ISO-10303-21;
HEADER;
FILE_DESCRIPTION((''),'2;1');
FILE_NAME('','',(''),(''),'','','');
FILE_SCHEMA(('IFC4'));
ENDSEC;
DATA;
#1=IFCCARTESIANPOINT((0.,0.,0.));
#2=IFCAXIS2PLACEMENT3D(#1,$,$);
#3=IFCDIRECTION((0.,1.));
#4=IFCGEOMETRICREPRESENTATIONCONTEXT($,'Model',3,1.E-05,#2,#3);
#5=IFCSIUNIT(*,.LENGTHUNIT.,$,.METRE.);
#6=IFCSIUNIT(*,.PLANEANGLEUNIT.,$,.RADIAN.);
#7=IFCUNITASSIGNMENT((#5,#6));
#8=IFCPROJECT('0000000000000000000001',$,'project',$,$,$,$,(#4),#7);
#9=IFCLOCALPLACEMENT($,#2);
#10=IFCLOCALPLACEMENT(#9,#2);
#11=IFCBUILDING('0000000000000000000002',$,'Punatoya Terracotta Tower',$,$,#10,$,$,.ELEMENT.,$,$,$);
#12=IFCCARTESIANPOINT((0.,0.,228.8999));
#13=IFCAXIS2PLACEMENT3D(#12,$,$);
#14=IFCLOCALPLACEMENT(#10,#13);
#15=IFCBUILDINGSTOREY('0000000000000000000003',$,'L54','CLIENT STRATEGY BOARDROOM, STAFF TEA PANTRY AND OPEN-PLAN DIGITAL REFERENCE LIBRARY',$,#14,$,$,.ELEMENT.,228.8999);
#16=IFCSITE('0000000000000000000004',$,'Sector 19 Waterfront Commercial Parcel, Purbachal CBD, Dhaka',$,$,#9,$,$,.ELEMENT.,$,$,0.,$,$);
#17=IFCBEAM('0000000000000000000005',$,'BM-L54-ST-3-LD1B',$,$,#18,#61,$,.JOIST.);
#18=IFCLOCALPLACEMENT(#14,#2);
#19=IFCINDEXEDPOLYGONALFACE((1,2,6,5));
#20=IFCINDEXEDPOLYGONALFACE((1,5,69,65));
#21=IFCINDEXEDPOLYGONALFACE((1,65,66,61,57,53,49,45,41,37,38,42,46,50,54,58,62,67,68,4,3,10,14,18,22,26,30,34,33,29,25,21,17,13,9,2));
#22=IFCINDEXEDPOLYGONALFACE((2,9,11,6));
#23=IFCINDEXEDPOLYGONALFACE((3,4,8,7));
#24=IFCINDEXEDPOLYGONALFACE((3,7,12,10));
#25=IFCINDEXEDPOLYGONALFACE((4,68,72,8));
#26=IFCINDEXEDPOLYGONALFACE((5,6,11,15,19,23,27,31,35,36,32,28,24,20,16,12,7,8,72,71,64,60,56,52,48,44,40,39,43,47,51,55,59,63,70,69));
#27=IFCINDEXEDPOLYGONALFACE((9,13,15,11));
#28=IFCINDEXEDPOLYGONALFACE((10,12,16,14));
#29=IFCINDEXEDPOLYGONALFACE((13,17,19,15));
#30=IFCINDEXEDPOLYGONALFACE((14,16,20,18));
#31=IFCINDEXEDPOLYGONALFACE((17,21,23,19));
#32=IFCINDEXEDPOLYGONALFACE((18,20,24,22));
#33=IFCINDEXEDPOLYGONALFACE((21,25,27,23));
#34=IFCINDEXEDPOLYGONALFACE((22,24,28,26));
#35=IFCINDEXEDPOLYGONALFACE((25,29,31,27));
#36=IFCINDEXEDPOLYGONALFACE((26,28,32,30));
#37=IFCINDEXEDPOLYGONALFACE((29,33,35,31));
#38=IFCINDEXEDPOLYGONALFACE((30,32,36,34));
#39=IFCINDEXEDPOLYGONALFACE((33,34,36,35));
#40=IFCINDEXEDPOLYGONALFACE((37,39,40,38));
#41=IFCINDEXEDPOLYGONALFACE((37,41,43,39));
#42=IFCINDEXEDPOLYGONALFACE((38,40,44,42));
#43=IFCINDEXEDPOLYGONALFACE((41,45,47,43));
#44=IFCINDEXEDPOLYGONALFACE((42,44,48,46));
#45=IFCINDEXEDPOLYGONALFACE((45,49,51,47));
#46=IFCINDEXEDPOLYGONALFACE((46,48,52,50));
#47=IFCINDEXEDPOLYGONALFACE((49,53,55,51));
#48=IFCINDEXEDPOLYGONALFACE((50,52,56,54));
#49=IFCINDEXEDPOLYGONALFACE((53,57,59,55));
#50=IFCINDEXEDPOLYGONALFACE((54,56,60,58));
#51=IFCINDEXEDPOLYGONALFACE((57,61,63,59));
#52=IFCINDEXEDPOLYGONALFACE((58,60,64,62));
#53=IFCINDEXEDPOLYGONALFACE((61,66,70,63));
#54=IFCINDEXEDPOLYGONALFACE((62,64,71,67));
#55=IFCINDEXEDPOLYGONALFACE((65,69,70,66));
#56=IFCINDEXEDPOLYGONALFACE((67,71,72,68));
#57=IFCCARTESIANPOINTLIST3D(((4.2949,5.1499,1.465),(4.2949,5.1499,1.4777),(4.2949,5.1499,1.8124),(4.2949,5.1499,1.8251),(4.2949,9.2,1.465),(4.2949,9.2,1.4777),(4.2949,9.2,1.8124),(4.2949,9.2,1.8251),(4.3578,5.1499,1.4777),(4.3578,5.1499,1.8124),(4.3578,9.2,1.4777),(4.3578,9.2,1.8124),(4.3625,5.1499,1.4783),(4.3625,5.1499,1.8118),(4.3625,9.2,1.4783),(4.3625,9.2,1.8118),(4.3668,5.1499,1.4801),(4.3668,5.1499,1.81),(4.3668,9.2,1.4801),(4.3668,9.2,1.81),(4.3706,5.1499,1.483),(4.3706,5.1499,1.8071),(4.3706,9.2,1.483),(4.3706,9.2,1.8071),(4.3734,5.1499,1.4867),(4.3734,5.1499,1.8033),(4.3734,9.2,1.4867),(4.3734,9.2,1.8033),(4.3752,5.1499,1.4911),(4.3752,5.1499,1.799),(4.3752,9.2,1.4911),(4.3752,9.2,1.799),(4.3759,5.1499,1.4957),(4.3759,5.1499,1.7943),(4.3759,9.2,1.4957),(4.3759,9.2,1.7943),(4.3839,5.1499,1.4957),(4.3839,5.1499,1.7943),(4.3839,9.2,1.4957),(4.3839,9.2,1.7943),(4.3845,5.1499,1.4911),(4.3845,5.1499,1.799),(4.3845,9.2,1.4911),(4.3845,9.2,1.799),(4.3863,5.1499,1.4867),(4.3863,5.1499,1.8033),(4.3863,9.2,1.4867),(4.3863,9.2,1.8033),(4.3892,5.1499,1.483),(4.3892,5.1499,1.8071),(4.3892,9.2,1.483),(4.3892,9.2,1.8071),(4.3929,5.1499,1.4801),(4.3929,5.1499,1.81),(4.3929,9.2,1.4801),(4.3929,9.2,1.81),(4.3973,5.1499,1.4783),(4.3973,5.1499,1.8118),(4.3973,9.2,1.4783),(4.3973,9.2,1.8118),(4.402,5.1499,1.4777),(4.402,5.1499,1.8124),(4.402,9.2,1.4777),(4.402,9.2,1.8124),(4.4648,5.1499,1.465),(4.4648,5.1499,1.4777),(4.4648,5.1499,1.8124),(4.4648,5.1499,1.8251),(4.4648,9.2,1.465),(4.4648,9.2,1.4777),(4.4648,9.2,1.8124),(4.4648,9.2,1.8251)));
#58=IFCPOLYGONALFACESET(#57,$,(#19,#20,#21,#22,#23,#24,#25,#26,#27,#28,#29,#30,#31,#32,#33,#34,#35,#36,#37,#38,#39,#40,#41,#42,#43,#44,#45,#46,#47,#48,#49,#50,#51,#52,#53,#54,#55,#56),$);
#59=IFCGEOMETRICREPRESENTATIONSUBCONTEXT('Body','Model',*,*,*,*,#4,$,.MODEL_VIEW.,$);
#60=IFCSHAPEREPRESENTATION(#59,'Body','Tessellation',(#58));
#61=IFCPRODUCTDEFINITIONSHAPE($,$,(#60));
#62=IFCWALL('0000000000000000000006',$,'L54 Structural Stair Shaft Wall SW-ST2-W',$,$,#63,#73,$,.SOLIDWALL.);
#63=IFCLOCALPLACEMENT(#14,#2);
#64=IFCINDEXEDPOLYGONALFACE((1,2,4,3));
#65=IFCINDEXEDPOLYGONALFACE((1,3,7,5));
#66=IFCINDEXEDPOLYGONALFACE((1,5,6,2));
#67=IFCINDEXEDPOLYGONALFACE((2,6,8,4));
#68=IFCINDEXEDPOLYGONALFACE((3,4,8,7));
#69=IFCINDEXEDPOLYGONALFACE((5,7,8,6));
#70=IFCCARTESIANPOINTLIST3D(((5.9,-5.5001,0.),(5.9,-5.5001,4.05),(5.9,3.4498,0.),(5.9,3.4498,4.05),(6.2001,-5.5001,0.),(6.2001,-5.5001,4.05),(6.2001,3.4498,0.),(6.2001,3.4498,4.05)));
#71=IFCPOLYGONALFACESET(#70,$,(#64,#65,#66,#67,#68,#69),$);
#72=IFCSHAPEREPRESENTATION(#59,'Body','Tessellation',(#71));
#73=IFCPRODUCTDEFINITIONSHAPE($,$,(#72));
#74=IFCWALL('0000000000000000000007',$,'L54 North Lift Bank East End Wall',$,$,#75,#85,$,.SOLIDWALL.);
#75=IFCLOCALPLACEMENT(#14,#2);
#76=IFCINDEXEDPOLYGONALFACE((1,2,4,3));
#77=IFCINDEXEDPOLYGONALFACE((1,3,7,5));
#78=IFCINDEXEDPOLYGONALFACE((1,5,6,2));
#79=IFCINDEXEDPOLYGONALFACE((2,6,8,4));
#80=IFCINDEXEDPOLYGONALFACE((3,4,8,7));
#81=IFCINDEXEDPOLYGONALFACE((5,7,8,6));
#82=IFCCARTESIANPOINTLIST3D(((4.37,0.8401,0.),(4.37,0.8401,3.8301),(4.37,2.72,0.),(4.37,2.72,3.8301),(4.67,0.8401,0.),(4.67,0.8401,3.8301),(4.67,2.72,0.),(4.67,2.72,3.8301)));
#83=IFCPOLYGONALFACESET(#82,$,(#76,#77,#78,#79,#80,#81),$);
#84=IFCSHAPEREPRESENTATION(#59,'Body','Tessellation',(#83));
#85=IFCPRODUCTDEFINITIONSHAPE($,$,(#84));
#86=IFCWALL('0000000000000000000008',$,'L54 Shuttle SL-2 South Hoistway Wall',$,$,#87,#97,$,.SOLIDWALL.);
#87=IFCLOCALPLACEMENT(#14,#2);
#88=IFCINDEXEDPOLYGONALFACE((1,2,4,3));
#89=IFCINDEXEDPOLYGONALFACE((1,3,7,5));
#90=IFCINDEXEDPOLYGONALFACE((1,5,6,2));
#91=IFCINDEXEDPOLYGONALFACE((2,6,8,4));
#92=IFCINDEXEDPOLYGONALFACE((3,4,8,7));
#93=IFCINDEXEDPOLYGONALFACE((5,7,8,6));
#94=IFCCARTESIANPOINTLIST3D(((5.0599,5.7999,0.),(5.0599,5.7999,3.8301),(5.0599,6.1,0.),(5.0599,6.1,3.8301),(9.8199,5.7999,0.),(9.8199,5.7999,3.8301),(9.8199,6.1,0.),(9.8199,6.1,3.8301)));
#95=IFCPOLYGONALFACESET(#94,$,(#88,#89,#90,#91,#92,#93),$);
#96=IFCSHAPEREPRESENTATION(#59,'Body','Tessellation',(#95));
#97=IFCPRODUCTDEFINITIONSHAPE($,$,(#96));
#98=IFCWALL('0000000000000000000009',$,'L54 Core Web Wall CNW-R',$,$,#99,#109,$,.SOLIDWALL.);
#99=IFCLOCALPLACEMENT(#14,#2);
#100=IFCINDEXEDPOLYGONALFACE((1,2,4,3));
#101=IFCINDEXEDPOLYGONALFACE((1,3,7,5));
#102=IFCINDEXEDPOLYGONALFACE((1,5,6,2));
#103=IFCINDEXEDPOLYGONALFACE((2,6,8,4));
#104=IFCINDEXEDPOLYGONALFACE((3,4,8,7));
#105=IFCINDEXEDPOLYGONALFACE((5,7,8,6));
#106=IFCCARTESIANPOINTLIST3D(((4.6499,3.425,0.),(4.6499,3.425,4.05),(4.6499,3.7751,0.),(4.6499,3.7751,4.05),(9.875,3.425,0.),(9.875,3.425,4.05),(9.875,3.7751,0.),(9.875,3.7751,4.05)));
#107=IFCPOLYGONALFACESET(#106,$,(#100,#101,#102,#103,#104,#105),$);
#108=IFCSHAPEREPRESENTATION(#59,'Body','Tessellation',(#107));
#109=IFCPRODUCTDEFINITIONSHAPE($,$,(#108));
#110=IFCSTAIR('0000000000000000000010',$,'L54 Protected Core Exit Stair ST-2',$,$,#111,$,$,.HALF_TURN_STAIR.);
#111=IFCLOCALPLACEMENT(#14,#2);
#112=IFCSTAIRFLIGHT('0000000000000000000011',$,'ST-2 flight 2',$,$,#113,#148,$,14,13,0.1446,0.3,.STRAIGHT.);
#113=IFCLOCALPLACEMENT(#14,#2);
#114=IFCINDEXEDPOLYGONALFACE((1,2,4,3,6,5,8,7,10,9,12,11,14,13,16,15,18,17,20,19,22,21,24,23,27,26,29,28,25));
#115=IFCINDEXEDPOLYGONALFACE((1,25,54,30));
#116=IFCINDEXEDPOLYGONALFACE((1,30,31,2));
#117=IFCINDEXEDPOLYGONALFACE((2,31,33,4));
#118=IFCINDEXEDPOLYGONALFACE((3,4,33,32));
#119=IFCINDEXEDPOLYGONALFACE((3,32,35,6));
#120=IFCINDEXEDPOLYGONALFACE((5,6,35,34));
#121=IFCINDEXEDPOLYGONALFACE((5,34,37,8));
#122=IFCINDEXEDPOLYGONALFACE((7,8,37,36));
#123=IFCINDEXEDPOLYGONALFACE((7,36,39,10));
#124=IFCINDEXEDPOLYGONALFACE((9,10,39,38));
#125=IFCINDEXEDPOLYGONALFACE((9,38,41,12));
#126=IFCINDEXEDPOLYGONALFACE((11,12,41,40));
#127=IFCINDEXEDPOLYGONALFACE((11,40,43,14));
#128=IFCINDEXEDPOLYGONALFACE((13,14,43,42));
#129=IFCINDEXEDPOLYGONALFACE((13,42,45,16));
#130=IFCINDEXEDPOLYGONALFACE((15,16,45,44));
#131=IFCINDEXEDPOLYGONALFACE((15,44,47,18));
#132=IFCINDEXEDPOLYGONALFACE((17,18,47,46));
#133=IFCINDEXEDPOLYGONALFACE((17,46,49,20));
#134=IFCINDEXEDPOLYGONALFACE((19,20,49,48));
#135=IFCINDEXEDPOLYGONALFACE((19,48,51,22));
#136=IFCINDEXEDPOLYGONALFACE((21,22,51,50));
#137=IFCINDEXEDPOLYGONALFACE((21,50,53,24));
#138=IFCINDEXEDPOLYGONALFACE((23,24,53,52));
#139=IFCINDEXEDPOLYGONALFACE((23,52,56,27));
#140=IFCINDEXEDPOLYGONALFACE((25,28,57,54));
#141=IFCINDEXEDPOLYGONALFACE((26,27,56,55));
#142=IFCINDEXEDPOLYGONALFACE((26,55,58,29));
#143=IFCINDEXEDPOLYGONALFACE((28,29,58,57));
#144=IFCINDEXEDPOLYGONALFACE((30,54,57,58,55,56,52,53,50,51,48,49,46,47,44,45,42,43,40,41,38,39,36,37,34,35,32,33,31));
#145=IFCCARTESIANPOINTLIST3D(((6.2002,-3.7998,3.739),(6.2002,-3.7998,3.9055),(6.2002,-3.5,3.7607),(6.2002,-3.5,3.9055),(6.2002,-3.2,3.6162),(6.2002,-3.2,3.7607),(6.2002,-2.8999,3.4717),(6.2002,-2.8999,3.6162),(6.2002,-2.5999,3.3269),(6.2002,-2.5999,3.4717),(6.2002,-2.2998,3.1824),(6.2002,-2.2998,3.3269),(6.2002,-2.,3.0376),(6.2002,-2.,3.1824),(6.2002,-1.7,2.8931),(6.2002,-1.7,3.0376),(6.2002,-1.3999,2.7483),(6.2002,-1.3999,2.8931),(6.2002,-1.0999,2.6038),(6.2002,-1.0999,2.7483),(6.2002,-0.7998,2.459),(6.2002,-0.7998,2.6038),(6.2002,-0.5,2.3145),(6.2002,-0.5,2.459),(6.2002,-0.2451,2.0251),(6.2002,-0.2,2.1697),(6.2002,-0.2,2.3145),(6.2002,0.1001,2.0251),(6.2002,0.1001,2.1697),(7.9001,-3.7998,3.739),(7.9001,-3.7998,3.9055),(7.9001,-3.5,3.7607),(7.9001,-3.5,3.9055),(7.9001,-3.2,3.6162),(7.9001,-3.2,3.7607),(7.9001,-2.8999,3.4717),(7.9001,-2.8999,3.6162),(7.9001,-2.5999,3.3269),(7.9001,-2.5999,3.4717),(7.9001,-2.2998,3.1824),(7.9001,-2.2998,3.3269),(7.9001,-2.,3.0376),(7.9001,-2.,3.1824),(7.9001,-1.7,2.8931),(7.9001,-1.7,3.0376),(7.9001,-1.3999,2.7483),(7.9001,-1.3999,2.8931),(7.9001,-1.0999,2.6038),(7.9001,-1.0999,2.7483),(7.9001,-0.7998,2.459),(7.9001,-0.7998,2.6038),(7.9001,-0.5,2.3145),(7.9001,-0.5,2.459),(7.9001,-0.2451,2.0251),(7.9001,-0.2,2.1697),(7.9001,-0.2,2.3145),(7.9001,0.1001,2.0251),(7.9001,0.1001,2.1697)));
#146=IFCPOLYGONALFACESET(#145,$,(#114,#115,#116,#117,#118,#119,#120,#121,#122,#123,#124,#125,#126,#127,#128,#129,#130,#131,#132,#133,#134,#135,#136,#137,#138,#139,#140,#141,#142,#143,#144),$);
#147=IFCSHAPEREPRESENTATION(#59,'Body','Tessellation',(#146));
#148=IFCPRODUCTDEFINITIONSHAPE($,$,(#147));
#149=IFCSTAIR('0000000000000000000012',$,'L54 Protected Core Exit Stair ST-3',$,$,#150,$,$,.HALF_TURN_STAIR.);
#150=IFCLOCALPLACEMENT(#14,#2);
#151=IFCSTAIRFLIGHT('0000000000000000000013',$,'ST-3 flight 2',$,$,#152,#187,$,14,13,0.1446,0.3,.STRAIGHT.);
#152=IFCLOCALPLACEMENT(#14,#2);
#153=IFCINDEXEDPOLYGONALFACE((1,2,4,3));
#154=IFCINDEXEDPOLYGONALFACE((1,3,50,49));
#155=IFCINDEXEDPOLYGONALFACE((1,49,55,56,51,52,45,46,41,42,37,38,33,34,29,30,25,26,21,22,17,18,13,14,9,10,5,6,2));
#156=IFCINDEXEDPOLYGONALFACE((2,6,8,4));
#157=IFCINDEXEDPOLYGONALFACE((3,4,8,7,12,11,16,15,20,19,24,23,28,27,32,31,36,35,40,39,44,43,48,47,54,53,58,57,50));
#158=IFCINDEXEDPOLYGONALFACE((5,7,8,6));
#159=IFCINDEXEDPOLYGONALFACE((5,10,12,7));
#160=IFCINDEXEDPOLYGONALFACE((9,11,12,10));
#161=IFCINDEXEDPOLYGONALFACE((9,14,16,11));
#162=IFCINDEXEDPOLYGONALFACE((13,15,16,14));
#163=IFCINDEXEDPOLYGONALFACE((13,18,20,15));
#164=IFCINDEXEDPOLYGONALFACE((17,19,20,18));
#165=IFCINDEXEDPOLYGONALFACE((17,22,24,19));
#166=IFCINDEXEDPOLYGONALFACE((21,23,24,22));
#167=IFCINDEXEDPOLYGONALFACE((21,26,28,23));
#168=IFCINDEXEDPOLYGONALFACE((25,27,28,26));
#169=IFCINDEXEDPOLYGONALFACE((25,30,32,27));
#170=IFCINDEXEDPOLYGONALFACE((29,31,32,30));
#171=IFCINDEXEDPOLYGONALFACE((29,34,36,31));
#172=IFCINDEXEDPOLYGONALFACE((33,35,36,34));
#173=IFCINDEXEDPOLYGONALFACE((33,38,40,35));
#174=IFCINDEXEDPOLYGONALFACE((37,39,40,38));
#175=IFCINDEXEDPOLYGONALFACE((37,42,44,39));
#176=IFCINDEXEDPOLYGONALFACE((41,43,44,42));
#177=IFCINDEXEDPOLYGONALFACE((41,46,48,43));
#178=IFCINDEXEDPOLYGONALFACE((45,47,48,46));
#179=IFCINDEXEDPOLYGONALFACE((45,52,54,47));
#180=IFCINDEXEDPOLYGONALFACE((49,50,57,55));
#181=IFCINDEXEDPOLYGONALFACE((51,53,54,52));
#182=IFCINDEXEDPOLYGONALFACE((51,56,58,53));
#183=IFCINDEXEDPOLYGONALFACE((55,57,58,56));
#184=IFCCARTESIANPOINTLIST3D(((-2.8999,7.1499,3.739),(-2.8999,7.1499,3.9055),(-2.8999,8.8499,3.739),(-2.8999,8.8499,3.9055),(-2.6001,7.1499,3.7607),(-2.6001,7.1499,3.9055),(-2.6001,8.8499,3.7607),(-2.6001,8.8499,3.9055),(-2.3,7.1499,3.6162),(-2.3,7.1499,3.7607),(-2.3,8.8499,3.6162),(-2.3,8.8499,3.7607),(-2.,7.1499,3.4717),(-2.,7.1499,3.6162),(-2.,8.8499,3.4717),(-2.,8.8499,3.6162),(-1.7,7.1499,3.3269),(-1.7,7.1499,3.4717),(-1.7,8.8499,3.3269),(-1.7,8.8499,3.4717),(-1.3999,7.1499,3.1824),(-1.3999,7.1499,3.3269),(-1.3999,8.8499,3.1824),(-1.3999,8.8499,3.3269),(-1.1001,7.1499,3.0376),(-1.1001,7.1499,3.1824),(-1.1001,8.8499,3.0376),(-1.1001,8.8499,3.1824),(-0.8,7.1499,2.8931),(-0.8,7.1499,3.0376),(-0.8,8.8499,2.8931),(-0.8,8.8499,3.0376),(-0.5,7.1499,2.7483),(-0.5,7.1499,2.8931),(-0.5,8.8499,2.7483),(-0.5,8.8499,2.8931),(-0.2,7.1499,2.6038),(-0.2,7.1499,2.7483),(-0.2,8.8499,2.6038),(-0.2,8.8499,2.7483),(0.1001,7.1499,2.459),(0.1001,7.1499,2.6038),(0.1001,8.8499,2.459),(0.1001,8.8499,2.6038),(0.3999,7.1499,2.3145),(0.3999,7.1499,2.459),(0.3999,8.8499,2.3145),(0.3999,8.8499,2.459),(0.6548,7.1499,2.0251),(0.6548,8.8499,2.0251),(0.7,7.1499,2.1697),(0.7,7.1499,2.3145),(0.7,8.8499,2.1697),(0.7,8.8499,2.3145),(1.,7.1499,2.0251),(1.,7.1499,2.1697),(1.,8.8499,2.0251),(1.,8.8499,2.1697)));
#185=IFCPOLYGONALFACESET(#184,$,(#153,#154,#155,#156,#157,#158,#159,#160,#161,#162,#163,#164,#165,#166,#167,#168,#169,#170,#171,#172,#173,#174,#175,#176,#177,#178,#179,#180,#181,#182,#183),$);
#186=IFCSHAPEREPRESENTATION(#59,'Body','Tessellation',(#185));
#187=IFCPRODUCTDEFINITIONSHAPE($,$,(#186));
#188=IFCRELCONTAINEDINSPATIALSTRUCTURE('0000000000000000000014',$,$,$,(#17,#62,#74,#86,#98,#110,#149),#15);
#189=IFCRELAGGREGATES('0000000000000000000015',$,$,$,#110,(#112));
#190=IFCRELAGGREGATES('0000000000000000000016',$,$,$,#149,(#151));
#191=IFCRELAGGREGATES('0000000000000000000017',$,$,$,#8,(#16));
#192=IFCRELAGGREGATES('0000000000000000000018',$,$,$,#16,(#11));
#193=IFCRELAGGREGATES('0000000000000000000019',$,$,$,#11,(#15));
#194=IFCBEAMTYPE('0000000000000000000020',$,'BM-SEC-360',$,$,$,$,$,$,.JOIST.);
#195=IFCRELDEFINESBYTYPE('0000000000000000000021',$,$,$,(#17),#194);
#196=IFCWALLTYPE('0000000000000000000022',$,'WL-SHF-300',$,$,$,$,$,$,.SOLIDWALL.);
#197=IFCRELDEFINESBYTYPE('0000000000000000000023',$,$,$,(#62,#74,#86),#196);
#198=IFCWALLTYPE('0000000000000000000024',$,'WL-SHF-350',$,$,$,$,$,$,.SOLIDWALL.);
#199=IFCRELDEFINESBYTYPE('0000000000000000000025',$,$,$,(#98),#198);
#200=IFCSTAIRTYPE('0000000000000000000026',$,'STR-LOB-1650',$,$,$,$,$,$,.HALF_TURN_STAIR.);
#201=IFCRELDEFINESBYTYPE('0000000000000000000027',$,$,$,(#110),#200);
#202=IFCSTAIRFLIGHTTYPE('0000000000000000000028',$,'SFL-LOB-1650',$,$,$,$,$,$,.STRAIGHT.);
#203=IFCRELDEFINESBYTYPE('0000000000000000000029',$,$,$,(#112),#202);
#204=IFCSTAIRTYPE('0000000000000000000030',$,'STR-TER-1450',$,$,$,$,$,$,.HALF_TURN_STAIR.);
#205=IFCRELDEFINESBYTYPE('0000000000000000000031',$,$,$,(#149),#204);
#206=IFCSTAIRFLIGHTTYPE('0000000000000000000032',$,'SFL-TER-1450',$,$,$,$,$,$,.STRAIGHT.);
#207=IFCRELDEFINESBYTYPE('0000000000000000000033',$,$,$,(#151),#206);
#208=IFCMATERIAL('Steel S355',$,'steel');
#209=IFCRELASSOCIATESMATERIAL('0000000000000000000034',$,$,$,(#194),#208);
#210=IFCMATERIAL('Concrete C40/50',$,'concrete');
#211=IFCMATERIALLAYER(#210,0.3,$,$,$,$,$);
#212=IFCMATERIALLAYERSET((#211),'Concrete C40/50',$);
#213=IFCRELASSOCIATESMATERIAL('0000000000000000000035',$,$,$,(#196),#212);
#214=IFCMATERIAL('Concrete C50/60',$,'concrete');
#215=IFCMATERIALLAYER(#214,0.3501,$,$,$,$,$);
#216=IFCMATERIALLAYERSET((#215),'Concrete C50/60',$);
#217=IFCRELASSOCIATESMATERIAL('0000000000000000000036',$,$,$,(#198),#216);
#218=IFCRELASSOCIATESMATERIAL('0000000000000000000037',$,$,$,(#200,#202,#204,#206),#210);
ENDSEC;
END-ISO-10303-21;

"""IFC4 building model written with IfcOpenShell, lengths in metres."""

from ifc_helpers import new_model, si_unit, direction, frame, frame_2d, origin, origin_2d, place, context, subcontext, project, spatial, polyline, rectangle, i_section, outline, extrude, material, layer, layer_set, material_profile, profile_set, type_object, element, aggregate, save


model = new_model("IFC4")

# Units and contexts
model_context = context("Model", 3, precision=1e-05, world=origin(), true_north=direction((0.0, 1.0)))
body_context = subcontext(model_context, "Body", "Model", "MODEL_VIEW")
ifc_project = project(units=[si_unit("LENGTHUNIT", "METRE"), si_unit("PLANEANGLEUNIT", "RADIAN")], contexts=[model_context])

# Site, building, storey
site_placement = place(None, origin())
site = spatial("IfcSite", under=ifc_project, at=site_placement, Name="Sector 19 Waterfront Commercial Parcel, Purbachal CBD, Dhaka", CompositionType="ELEMENT", RefElevation=0.0)
building_placement = place(site_placement, origin())
building = spatial("IfcBuilding", under=site, at=building_placement, Name="Punatoya Terracotta Tower", CompositionType="ELEMENT")
storey_placement = place(building_placement, frame((0.0, 0.0, 228.8999)))
storey = spatial("IfcBuildingStorey", under=building, at=storey_placement, Name="L54", Description="CLIENT STRATEGY BOARDROOM, STAFF TEA PANTRY AND OPEN-PLAN DIGITAL REFERENCE LIBRARY", CompositionType="ELEMENT", Elevation=228.8999)

# Beam
ifc_material_1 = material(Name="Steel S355", Category="steel")
ifc_material_profile_1 = material_profile(ifc_material_1, i_section(OverallWidth=0.1699, OverallDepth=0.3601, WebThickness=0.0081, FlangeThickness=0.0127, FilletRadius=0.0181, at=origin_2d()))
ifc_profile_set_1 = profile_set([ifc_material_profile_1], Name="Steel S355")
beam_type_1 = type_object("IfcBeamType", Name="BM-SEC-360", PredefinedType="JOIST", material=ifc_profile_set_1)
for number, where, z_axis, x_axis, name in (
    (1, (4.3799, 5.1499, 1.645), (0.0, 1.0, 0.0), (-1.0, 0.0, 0.0), "BM-L54-ST-3-LD1B"),
):
    element("IfcBeam", number, at=place(storey_placement, frame(where, z_axis=z_axis, x_axis=x_axis)), inside=storey, type_object=beam_type_1, Name=name, PredefinedType="JOIST", context=body_context, shape_type="SweptSolid", body=[
        extrude(i_section(OverallWidth=0.1699, OverallDepth=0.3601, WebThickness=0.0081, FlangeThickness=0.0127, FilletRadius=0.0181, at=origin_2d()), origin(), (0.0, 0.0, 1.0), 4.05),
    ])

# Walls
ifc_material_2 = material(Name="Concrete C40/50", Category="concrete")
ifc_layer_1 = layer(ifc_material_2, 0.3)
ifc_layer_set_1 = layer_set([ifc_layer_1], Name="Concrete C40/50")
wall_type_1 = type_object("IfcWallType", Name="WL-SHF-300", PredefinedType="SOLIDWALL", material=ifc_layer_set_1)
wall_1_placement = place(storey_placement, frame((6.05, 3.45, 0.0), z_axis=(0.0, 0.0, 1.0), x_axis=(0.0, -1.0, 0.0)))
element("IfcWall", 2, at=wall_1_placement, inside=storey, type_object=wall_type_1, Name="L54 Structural Stair Shaft Wall SW-ST2-W", PredefinedType="SOLIDWALL", context=body_context, shape_type="SweptSolid", body=[
    extrude(rectangle(XDim=8.95, YDim=0.3, at=frame_2d((4.4751, 0.0))), origin(), (0.0, 0.0, 1.0), 4.05),
])
wall_2_placement = place(storey_placement, frame((4.52, 0.8401, 0.0), z_axis=(0.0, 0.0, 1.0), x_axis=(0.0, 1.0, 0.0)))
element("IfcWall", 3, at=wall_2_placement, inside=storey, type_object=wall_type_1, Name="L54 North Lift Bank East End Wall", PredefinedType="SOLIDWALL", context=body_context, shape_type="SweptSolid", body=[
    extrude(rectangle(XDim=1.8799, YDim=0.3, at=frame_2d((0.9399, 0.0))), origin(), (0.0, 0.0, 1.0), 3.8301),
])
wall_3_placement = place(storey_placement, frame((5.0601, 5.95, 0.0), z_axis=(0.0, 0.0, 1.0), x_axis=(1.0, 0.0, 0.0)))
element("IfcWall", 4, at=wall_3_placement, inside=storey, type_object=wall_type_1, Name="L54 Shuttle SL-2 South Hoistway Wall", PredefinedType="SOLIDWALL", context=body_context, shape_type="SweptSolid", body=[
    extrude(rectangle(XDim=4.76, YDim=0.3, at=frame_2d((2.3799, 0.0))), origin(), (0.0, 0.0, 1.0), 3.8301),
])
ifc_material_3 = material(Name="Concrete C50/60", Category="concrete")
ifc_layer_2 = layer(ifc_material_3, 0.3501)
ifc_layer_set_2 = layer_set([ifc_layer_2], Name="Concrete C50/60")
wall_type_2 = type_object("IfcWallType", Name="WL-SHF-350", PredefinedType="SOLIDWALL", material=ifc_layer_set_2)
wall_4_placement = place(storey_placement, frame((4.6499, 3.6001, 0.0), z_axis=(0.0, 0.0, 1.0), x_axis=(1.0, 0.0, 0.0)))
element("IfcWall", 5, at=wall_4_placement, inside=storey, type_object=wall_type_2, Name="L54 Core Web Wall CNW-R", PredefinedType="SOLIDWALL", context=body_context, shape_type="SweptSolid", body=[
    extrude(rectangle(XDim=5.2251, YDim=0.3501, at=frame_2d((2.6125, 0.0))), origin(), (0.0, 0.0, 1.0), 4.05),
])

# Stairs, stair flights
stair_type_1 = type_object("IfcStairType", Name="STR-LOB-1650", PredefinedType="HALF_TURN_STAIR", material=ifc_material_2)
stair_1_placement = place(storey_placement, origin())
stair_1 = element("IfcStair", 6, at=stair_1_placement, inside=storey, type_object=stair_type_1, Name="L54 Protected Core Exit Stair ST-2", PredefinedType="HALF_TURN_STAIR")
stair_flight_type_1 = type_object("IfcStairFlightType", Name="SFL-LOB-1650", PredefinedType="STRAIGHT", material=ifc_material_2)
stair_flight_1_placement = place(storey_placement, frame((7.05, 0.1001, 2.0251), z_axis=(0.0, 0.0, 1.0), x_axis=(0.0, -1.0, 0.0)))
stair_flight_1 = element("IfcStairFlight", 7, at=stair_flight_1_placement, type_object=stair_flight_type_1, Name="ST-2 flight 2", NumberOfRisers=14, NumberOfTreads=13, PredefinedType="STRAIGHT", RiserHeight=0.1446, TreadLength=0.3, context=body_context, shape_type="SweptSolid", body=[
    extrude(outline(polyline([(0.0, 0.0), (0.0, 0.1445), (0.3, 0.1445), (0.3, 0.2893), (0.6001, 0.2893), (0.6001, 0.4338), (0.8999, 0.4338), (0.8999, 0.5786), (1.2, 0.5786), (1.2, 0.7231), (1.5, 0.7231), (1.5, 0.8679), (1.8, 0.8679), (1.8, 1.0125), (2.1001, 1.0125), (2.1001, 1.1572), (2.3999, 1.1572), (2.3999, 1.3018), (2.7, 1.3018), (2.7, 1.4465), (3.0, 1.4465), (3.0, 1.5911), (3.3, 1.5911), (3.3, 1.7356), (3.6001, 1.7356), (3.6001, 1.8804), (3.8999, 1.8804), (3.8999, 2.0249), (3.8999, 1.7139), (0.3452, 0.0), (0.0, 0.0)])), frame((0.0, 0.8501, 0.0), z_axis=(0.0, -1.0, 0.0), x_axis=(1.0, 0.0, 0.0)), (0.0, 0.0, 1.0), 1.7),
])
aggregate(stair_1, [stair_flight_1])
stair_type_2 = type_object("IfcStairType", Name="STR-TER-1450", PredefinedType="HALF_TURN_STAIR", material=ifc_material_2)
stair_2_placement = place(storey_placement, origin())
stair_2 = element("IfcStair", 8, at=stair_2_placement, inside=storey, type_object=stair_type_2, Name="L54 Protected Core Exit Stair ST-3", PredefinedType="HALF_TURN_STAIR")
stair_flight_type_2 = type_object("IfcStairFlightType", Name="SFL-TER-1450", PredefinedType="STRAIGHT", material=ifc_material_2)
stair_flight_2_placement = place(storey_placement, frame((1.0, 8.0, 2.0251), z_axis=(0.0, 0.0, 1.0), x_axis=(-1.0, 0.0, 0.0)))
stair_flight_2 = element("IfcStairFlight", 9, at=stair_flight_2_placement, type_object=stair_flight_type_2, Name="ST-3 flight 2", NumberOfRisers=14, NumberOfTreads=13, PredefinedType="STRAIGHT", RiserHeight=0.1446, TreadLength=0.3, context=body_context, shape_type="SweptSolid", body=[
    extrude(outline(polyline([(0.0, 0.0), (0.0, 0.1445), (0.3, 0.1445), (0.3, 0.2893), (0.6001, 0.2893), (0.6001, 0.4338), (0.8999, 0.4338), (0.8999, 0.5786), (1.2, 0.5786), (1.2, 0.7231), (1.5, 0.7231), (1.5, 0.8679), (1.8, 0.8679), (1.8, 1.0125), (2.1001, 1.0125), (2.1001, 1.1572), (2.3999, 1.1572), (2.3999, 1.3018), (2.7, 1.3018), (2.7, 1.4465), (3.0, 1.4465), (3.0, 1.5911), (3.3, 1.5911), (3.3, 1.7356), (3.6001, 1.7356), (3.6001, 1.8804), (3.8999, 1.8804), (3.8999, 2.0249), (3.8999, 1.7139), (0.3452, 0.0), (0.0, 0.0)])), frame((0.0, 0.8501, 0.0), z_axis=(0.0, -1.0, 0.0), x_axis=(1.0, 0.0, 0.0)), (0.0, 0.0, 1.0), 1.7),
])
aggregate(stair_2, [stair_flight_2])

save(model, "model.ifc")
